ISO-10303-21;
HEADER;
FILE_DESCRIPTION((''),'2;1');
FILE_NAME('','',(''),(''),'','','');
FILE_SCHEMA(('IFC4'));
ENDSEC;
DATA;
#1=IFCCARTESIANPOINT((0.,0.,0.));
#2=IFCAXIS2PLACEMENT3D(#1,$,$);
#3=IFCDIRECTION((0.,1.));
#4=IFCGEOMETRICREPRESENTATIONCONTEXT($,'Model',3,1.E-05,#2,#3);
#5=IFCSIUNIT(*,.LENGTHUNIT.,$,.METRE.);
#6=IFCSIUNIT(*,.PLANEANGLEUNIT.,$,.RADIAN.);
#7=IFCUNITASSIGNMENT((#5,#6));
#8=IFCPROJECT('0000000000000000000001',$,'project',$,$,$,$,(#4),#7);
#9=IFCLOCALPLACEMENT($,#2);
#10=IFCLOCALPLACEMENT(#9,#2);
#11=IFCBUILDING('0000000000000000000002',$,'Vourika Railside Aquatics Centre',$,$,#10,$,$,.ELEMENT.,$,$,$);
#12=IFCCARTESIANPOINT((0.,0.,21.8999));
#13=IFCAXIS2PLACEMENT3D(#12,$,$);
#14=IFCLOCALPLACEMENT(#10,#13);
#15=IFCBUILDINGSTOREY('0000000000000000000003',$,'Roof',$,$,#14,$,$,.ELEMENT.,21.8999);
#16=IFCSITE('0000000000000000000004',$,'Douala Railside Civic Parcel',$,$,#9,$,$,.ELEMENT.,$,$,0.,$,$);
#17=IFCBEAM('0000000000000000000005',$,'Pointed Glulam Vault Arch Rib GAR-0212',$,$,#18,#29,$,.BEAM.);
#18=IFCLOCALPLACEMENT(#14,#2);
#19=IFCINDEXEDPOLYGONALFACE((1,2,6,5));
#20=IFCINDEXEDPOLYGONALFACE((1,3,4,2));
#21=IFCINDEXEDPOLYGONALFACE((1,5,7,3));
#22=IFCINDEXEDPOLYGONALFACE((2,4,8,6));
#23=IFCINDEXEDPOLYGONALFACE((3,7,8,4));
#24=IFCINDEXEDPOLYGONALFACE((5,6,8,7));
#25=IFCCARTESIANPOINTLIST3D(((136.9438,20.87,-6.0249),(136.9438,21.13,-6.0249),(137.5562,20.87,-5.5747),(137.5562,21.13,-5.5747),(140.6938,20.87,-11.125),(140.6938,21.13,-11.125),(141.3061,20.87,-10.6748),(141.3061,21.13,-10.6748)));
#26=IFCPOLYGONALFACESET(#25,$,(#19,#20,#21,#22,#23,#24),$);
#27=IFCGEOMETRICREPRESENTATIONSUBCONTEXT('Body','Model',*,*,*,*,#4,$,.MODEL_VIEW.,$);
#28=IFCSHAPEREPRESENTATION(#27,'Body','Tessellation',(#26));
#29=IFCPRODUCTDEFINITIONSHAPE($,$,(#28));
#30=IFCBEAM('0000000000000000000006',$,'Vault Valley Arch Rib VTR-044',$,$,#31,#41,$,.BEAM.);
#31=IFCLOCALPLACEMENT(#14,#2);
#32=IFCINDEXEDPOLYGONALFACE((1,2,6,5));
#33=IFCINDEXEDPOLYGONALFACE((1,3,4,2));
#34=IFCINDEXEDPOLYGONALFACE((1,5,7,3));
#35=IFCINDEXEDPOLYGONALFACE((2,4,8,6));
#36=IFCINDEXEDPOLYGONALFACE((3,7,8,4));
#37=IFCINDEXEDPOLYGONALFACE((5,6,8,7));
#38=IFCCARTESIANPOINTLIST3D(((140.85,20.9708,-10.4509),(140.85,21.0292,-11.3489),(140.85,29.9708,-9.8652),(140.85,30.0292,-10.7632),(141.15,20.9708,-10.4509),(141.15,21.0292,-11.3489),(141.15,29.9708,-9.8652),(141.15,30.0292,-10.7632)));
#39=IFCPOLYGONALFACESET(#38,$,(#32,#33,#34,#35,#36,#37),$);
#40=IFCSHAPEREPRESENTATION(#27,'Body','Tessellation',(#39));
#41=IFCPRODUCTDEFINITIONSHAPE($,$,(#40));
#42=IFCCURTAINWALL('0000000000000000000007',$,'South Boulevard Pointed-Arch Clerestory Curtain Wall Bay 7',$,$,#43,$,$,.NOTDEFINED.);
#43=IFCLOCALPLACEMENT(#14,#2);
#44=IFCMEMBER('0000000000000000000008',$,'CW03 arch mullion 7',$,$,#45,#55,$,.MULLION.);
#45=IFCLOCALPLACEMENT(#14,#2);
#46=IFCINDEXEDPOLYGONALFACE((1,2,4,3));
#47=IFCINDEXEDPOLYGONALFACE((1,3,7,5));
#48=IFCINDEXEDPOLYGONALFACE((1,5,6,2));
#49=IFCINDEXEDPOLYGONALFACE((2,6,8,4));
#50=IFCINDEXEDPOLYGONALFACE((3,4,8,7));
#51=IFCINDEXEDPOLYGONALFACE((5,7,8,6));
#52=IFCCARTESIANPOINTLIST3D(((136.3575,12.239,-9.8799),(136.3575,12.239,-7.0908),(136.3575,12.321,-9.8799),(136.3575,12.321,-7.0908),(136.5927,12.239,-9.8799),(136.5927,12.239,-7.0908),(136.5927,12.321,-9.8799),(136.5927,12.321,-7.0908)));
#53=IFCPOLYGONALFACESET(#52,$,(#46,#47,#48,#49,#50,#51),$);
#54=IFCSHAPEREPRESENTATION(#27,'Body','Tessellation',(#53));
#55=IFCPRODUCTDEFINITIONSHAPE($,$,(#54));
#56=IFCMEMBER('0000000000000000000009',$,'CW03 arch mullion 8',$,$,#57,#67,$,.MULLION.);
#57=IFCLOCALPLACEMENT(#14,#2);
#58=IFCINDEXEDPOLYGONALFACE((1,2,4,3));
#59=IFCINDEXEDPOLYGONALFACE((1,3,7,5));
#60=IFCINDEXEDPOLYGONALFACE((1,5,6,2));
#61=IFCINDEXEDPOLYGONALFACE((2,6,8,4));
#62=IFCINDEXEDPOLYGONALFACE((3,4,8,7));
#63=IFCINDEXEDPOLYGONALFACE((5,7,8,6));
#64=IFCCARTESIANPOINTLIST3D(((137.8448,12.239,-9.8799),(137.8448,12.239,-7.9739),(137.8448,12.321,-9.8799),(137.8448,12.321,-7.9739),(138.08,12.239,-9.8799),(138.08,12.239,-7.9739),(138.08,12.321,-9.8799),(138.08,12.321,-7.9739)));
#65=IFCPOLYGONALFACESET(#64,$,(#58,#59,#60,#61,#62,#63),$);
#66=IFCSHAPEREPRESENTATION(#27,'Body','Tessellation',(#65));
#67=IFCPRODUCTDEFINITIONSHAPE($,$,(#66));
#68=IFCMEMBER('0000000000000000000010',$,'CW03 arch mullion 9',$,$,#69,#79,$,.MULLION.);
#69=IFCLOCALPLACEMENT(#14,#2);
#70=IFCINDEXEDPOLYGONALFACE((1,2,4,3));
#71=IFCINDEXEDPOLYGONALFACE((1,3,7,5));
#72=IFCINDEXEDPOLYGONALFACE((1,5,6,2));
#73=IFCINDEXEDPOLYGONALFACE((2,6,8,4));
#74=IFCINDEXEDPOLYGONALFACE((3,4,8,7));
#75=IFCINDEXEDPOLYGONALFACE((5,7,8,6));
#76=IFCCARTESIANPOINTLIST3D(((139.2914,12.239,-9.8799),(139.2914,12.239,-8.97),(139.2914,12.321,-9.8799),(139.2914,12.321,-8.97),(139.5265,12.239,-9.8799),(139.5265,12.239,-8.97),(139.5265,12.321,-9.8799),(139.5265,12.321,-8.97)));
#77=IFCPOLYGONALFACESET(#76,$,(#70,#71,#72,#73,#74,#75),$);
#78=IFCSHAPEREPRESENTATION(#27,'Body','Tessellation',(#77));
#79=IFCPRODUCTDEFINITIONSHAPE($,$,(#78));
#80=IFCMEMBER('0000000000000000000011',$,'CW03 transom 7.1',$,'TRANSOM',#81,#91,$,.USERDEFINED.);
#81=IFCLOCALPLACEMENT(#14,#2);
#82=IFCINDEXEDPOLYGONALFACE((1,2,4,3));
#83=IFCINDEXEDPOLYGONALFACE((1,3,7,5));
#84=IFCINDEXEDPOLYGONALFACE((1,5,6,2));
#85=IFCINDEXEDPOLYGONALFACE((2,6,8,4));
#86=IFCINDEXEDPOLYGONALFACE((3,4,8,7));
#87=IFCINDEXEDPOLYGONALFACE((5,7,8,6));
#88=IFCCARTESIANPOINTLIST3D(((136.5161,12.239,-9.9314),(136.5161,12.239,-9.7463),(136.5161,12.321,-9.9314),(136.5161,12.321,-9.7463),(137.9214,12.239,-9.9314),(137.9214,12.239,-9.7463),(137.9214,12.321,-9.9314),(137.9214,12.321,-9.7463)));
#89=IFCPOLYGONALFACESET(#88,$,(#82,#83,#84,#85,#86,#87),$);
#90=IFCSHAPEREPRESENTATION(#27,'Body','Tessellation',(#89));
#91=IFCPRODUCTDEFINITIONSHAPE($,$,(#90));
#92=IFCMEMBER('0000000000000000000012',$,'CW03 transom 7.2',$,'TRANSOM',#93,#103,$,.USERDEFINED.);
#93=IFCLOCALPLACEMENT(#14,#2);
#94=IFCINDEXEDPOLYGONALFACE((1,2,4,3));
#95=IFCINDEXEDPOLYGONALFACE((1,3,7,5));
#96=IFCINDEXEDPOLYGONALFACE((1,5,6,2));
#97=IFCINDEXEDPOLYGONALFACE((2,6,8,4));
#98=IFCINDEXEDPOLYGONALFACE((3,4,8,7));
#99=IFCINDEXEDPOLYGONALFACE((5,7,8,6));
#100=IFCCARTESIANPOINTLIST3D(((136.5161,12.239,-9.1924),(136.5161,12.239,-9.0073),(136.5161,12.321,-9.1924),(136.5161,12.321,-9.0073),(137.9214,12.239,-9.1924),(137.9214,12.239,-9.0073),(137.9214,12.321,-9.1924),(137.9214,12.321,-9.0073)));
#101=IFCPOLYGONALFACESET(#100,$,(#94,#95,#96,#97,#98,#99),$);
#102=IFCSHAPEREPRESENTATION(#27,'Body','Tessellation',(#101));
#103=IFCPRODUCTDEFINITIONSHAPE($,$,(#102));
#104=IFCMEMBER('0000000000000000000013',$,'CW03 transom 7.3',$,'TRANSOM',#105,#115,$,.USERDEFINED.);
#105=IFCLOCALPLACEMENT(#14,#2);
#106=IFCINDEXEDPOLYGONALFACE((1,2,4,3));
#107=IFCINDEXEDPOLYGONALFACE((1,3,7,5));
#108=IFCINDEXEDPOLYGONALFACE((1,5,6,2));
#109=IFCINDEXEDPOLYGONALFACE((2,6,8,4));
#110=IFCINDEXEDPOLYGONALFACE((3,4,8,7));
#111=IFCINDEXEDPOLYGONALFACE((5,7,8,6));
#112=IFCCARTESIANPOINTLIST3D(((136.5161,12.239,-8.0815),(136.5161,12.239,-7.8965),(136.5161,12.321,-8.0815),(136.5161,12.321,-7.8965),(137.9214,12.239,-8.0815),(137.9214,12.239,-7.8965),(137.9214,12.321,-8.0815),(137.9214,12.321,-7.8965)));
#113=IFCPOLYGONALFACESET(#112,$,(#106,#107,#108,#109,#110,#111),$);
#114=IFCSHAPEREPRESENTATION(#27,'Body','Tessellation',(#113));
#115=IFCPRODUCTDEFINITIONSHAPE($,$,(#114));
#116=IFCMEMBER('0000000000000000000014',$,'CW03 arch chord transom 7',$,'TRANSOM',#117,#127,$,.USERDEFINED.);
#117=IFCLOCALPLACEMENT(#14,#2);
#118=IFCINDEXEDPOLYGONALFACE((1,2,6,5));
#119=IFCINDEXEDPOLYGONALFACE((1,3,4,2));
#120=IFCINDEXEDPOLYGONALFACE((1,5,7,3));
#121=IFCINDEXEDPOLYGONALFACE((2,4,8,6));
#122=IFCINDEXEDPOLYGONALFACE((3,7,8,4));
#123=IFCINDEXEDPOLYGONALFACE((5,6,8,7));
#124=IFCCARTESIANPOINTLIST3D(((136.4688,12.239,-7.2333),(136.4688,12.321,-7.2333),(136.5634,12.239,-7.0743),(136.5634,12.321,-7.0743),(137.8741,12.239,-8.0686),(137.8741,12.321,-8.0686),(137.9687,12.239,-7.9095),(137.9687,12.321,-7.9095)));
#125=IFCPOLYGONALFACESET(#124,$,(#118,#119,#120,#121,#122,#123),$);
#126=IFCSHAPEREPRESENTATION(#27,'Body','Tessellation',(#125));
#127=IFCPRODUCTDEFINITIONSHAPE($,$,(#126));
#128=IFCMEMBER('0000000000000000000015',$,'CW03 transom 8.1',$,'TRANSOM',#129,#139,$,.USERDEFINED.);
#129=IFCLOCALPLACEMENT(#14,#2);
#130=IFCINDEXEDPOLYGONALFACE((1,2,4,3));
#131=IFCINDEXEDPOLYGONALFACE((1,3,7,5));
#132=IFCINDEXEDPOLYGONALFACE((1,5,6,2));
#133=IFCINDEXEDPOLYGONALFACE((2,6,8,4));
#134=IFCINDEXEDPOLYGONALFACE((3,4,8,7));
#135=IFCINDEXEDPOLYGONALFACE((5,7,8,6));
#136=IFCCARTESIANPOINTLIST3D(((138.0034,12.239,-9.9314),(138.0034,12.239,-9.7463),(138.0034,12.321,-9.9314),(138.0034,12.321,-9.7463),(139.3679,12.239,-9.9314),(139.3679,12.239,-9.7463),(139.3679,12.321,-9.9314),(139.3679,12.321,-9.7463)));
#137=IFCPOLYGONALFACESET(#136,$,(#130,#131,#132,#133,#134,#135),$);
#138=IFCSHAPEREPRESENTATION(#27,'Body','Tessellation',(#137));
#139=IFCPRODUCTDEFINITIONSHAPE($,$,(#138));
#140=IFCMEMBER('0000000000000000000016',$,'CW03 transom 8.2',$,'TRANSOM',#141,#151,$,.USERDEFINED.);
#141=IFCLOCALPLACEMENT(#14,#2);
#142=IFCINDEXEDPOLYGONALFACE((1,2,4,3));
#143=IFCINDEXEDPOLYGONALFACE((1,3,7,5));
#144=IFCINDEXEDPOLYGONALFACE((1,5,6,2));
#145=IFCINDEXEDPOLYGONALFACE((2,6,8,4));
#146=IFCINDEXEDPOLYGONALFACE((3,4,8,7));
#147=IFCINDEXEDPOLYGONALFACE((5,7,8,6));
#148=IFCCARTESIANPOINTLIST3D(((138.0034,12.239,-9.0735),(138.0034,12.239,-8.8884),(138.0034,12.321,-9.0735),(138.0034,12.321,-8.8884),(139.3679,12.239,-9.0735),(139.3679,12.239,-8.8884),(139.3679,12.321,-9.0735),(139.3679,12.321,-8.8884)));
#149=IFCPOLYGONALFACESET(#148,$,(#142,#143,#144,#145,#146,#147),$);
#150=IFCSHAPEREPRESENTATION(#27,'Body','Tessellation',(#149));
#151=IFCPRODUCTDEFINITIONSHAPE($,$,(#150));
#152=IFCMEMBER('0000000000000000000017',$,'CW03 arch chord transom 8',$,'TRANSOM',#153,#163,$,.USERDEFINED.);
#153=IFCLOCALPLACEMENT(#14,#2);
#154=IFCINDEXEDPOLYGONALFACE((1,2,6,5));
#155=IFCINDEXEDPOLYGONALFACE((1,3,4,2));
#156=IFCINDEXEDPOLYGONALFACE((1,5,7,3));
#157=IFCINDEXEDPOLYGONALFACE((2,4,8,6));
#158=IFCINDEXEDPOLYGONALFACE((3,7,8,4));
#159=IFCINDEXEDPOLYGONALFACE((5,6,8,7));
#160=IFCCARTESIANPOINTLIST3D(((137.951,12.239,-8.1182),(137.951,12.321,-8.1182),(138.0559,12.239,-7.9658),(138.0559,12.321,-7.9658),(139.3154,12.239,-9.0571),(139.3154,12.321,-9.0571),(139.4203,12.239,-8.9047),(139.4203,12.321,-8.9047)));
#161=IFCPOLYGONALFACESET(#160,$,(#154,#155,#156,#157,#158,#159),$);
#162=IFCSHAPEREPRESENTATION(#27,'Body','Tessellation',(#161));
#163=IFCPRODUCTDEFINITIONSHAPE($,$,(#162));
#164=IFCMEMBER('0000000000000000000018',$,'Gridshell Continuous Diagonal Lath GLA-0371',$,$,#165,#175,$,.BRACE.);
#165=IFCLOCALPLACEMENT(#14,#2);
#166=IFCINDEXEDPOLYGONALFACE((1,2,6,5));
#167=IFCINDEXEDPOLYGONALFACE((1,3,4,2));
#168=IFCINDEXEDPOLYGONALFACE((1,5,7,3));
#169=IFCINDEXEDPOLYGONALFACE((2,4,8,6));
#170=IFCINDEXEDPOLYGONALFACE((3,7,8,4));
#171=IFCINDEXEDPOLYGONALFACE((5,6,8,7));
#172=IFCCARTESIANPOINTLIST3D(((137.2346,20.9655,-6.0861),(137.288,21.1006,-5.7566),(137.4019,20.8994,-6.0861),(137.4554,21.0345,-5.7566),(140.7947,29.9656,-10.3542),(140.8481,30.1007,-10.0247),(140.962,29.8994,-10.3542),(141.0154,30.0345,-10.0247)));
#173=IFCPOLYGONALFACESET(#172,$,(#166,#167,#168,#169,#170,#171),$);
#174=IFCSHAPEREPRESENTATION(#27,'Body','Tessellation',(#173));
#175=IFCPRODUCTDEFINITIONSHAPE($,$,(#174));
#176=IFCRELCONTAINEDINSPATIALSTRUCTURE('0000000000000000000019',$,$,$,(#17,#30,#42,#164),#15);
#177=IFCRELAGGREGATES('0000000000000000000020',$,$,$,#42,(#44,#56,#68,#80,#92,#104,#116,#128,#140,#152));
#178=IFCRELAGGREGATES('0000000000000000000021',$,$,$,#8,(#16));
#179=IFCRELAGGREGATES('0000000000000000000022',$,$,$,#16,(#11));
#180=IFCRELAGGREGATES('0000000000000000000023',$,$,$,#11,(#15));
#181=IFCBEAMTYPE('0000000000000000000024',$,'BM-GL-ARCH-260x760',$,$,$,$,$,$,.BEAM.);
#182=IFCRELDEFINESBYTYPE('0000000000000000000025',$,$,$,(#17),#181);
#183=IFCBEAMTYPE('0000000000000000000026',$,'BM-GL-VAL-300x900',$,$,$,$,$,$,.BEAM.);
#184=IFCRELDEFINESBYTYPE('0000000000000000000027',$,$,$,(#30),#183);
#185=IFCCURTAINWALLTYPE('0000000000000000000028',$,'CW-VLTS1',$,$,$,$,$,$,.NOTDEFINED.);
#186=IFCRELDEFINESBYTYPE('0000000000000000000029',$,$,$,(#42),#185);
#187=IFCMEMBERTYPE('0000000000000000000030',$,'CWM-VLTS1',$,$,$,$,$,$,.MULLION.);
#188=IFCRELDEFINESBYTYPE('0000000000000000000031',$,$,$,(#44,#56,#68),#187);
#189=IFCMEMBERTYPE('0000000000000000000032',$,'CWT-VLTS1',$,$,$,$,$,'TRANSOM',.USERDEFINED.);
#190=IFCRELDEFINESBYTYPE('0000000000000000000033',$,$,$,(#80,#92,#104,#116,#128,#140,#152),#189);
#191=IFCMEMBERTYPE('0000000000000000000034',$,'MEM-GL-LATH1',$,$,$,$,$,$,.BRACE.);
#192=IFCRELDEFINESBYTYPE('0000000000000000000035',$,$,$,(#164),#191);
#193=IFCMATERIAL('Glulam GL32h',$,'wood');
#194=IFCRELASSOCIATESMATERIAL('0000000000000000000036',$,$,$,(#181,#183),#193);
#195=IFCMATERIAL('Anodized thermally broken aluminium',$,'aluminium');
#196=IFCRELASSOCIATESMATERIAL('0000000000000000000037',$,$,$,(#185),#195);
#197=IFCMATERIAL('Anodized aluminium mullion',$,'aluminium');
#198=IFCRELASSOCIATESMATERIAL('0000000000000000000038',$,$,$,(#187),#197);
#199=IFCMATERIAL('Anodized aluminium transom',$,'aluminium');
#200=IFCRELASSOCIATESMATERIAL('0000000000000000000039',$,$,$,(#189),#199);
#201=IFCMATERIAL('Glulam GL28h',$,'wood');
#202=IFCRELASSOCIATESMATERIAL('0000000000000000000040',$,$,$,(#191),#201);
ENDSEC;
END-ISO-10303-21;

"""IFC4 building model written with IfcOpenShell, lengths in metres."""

from ifc_helpers import new_model, si_unit, direction, frame, origin, origin_2d, place, context, subcontext, project, spatial, rectangle, extrude, material, material_profile, profile_set, type_object, element, aggregate, save


model = new_model("IFC4")

# Units and contexts
model_context = context("Model", 3, precision=1e-05, world=origin(), true_north=direction((0.0, 1.0)))
body_context = subcontext(model_context, "Body", "Model", "MODEL_VIEW")
ifc_project = project(units=[si_unit("LENGTHUNIT", "METRE"), si_unit("PLANEANGLEUNIT", "RADIAN")], contexts=[model_context])

# Site, building, storey
site_placement = place(None, origin())
site = spatial("IfcSite", under=ifc_project, at=site_placement, Name="Douala Railside Civic Parcel", CompositionType="ELEMENT", RefElevation=0.0)
building_placement = place(site_placement, origin())
building = spatial("IfcBuilding", under=site, at=building_placement, Name="Vourika Railside Aquatics Centre", CompositionType="ELEMENT")
storey_placement = place(building_placement, frame((0.0, 0.0, 21.8999)))
storey = spatial("IfcBuildingStorey", under=building, at=storey_placement, Name="Roof", CompositionType="ELEMENT", Elevation=21.8999)

# Beams
ifc_material_1 = material(Name="Glulam GL32h", Category="wood")
ifc_material_profile_1 = material_profile(ifc_material_1, rectangle(XDim=0.26, YDim=0.76, at=origin_2d()), Name="GL32h 260x760")
ifc_profile_set_1 = profile_set([ifc_material_profile_1], Name="Glulam GL32h")
beam_type_1 = type_object("IfcBeamType", Name="BM-GL-ARCH-260x760", PredefinedType="BEAM", material=ifc_profile_set_1)
beam_1_placement = place(storey_placement, frame((137.25, 21.0, -5.7998), z_axis=(0.592383, 0.0, -0.805656), x_axis=(0.0, 1.0, 0.0)))
element("IfcBeam", 1, at=beam_1_placement, inside=storey, type_object=beam_type_1, Name="Pointed Glulam Vault Arch Rib GAR-0212", PredefinedType="BEAM", context=body_context, shape_type="SweptSolid", body=[
    extrude(rectangle(XDim=0.26, YDim=0.76, at=origin_2d()), origin(), (0.0, 0.0, 1.0), 6.3303),
])
ifc_material_profile_2 = material_profile(ifc_material_1, rectangle(XDim=0.3, YDim=0.8999, at=origin_2d()), Name="GL32h 300x900")
ifc_profile_set_2 = profile_set([ifc_material_profile_2], Name="Glulam GL32h")
beam_type_2 = type_object("IfcBeamType", Name="BM-GL-VAL-300x900", PredefinedType="BEAM", material=ifc_profile_set_2)
beam_2_placement = place(storey_placement, frame((141.0, 21.0, -10.8999), z_axis=(0.0, 0.997889, 0.06494), x_axis=(-1.0, 0.0, 0.0)))
element("IfcBeam", 2, at=beam_2_placement, inside=storey, type_object=beam_type_2, Name="Vault Valley Arch Rib VTR-044", PredefinedType="BEAM", context=body_context, shape_type="SweptSolid", body=[
    extrude(rectangle(XDim=0.3, YDim=0.8999, at=origin_2d()), origin(), (0.0, 0.0, 1.0), 9.019),
])

# Curtain wall, members
ifc_material_2 = material(Name="Anodized thermally broken aluminium", Category="aluminium")
curtain_wall_type = type_object("IfcCurtainWallType", Name="CW-VLTS1", PredefinedType="NOTDEFINED", material=ifc_material_2)
curtain_wall_placement = place(storey_placement, origin())
curtain_wall = element("IfcCurtainWall", 3, at=curtain_wall_placement, inside=storey, type_object=curtain_wall_type, Name="South Boulevard Pointed-Arch Clerestory Curtain Wall Bay 7", PredefinedType="NOTDEFINED")
ifc_material_3 = material(Name="Anodized aluminium mullion", Category="aluminium")
ifc_material_profile_3 = material_profile(ifc_material_3, rectangle(XDim=0.082, YDim=0.2351, at=origin_2d()), Name="ALU-M 82x235")
ifc_profile_set_3 = profile_set([ifc_material_profile_3], Name="Anodized aluminium mullion")
member_type_1 = type_object("IfcMemberType", Name="CWM-VLTS1", PredefinedType="MULLION", material=ifc_profile_set_3)
member_1_placement = place(storey_placement, frame((136.4751, 12.28, -9.8799), z_axis=(0.0, 0.0, 1.0), x_axis=(0.0, 1.0, 0.0)))
member_1 = element("IfcMember", 4, at=member_1_placement, type_object=member_type_1, Name="CW03 arch mullion 7", PredefinedType="MULLION", context=body_context, shape_type="SweptSolid", body=[
    extrude(rectangle(XDim=0.082, YDim=0.2351, at=origin_2d()), origin(), (0.0, 0.0, 1.0), 2.7891),
])
member_2_placement = place(storey_placement, frame((137.9624, 12.28, -9.8799), z_axis=(0.0, 0.0, 1.0), x_axis=(0.0, 1.0, 0.0)))
member_2 = element("IfcMember", 5, at=member_2_placement, type_object=member_type_1, Name="CW03 arch mullion 8", PredefinedType="MULLION", context=body_context, shape_type="SweptSolid", body=[
    extrude(rectangle(XDim=0.082, YDim=0.2351, at=origin_2d()), origin(), (0.0, 0.0, 1.0), 1.906),
])
member_3_placement = place(storey_placement, frame((139.4089, 12.28, -9.8799), z_axis=(0.0, 0.0, 1.0), x_axis=(0.0, 1.0, 0.0)))
member_3 = element("IfcMember", 6, at=member_3_placement, type_object=member_type_1, Name="CW03 arch mullion 9", PredefinedType="MULLION", context=body_context, shape_type="SweptSolid", body=[
    extrude(rectangle(XDim=0.082, YDim=0.2351, at=origin_2d()), origin(), (0.0, 0.0, 1.0), 0.9099),
])
ifc_material_4 = material(Name="Anodized aluminium transom", Category="aluminium")
ifc_material_profile_4 = material_profile(ifc_material_4, rectangle(XDim=0.082, YDim=0.1851, at=origin_2d()), Name="ALU-T 82x185")
ifc_profile_set_4 = profile_set([ifc_material_profile_4], Name="Anodized aluminium transom")
member_type_2 = type_object("IfcMemberType", Name="CWT-VLTS1", ElementType="TRANSOM", PredefinedType="USERDEFINED", material=ifc_profile_set_4)
member_4_placement = place(storey_placement, frame((136.5161, 12.28, -9.8389), z_axis=(1.0, 0.0, 0.0), x_axis=(0.0, 1.0, 0.0)))
member_4 = element("IfcMember", 7, at=member_4_placement, type_object=member_type_2, Name="CW03 transom 7.1", ObjectType="TRANSOM", PredefinedType="USERDEFINED", context=body_context, shape_type="SweptSolid", body=[
    extrude(rectangle(XDim=0.082, YDim=0.1851, at=origin_2d()), origin(), (0.0, 0.0, 1.0), 1.4053),
])
member_5_placement = place(storey_placement, frame((136.5161, 12.28, -9.0999), z_axis=(1.0, 0.0, 0.0), x_axis=(0.0, 1.0, 0.0)))
member_5 = element("IfcMember", 8, at=member_5_placement, type_object=member_type_2, Name="CW03 transom 7.2", ObjectType="TRANSOM", PredefinedType="USERDEFINED", context=body_context, shape_type="SweptSolid", body=[
    extrude(rectangle(XDim=0.082, YDim=0.1851, at=origin_2d()), origin(), (0.0, 0.0, 1.0), 1.4053),
])
member_6_placement = place(storey_placement, frame((136.5161, 12.28, -7.989), z_axis=(1.0, 0.0, 0.0), x_axis=(0.0, 1.0, 0.0)))
member_6 = element("IfcMember", 9, at=member_6_placement, type_object=member_type_2, Name="CW03 transom 7.3", ObjectType="TRANSOM", PredefinedType="USERDEFINED", context=body_context, shape_type="SweptSolid", body=[
    extrude(rectangle(XDim=0.082, YDim=0.1851, at=origin_2d()), origin(), (0.0, 0.0, 1.0), 1.4053),
])
member_7_placement = place(storey_placement, frame((136.5161, 12.28, -7.1538), z_axis=(0.859633, 0.0, -0.510911), x_axis=(0.0, 1.0, 0.0)))
member_7 = element("IfcMember", 10, at=member_7_placement, type_object=member_type_2, Name="CW03 arch chord transom 7", ObjectType="TRANSOM", PredefinedType="USERDEFINED", context=body_context, shape_type="SweptSolid", body=[
    extrude(rectangle(XDim=0.082, YDim=0.1851, at=origin_2d()), origin(), (0.0, 0.0, 1.0), 1.6348),
])
member_8_placement = place(storey_placement, frame((138.0034, 12.28, -9.8389), z_axis=(1.0, 0.0, 0.0), x_axis=(0.0, 1.0, 0.0)))
member_8 = element("IfcMember", 11, at=member_8_placement, type_object=member_type_2, Name="CW03 transom 8.1", ObjectType="TRANSOM", PredefinedType="USERDEFINED", context=body_context, shape_type="SweptSolid", body=[
    extrude(rectangle(XDim=0.082, YDim=0.1851, at=origin_2d()), origin(), (0.0, 0.0, 1.0), 1.3645),
])
member_9_placement = place(storey_placement, frame((138.0034, 12.28, -8.981), z_axis=(1.0, 0.0, 0.0), x_axis=(0.0, 1.0, 0.0)))
member_9 = element("IfcMember", 12, at=member_9_placement, type_object=member_type_2, Name="CW03 transom 8.2", ObjectType="TRANSOM", PredefinedType="USERDEFINED", context=body_context, shape_type="SweptSolid", body=[
    extrude(rectangle(XDim=0.082, YDim=0.1851, at=origin_2d()), origin(), (0.0, 0.0, 1.0), 1.3645),
])
member_10_placement = place(storey_placement, frame((138.0034, 12.28, -8.042), z_axis=(0.823797, 0.0, -0.566885), x_axis=(0.0, 1.0, 0.0)))
member_10 = element("IfcMember", 13, at=member_10_placement, type_object=member_type_2, Name="CW03 arch chord transom 8", ObjectType="TRANSOM", PredefinedType="USERDEFINED", context=body_context, shape_type="SweptSolid", body=[
    extrude(rectangle(XDim=0.082, YDim=0.1851, at=origin_2d()), origin(), (0.0, 0.0, 1.0), 1.6562),
])

# Member
ifc_material_5 = material(Name="Glulam GL28h", Category="wood")
ifc_material_profile_5 = material_profile(ifc_material_5, rectangle(XDim=0.1799, YDim=0.3601, at=origin_2d()), Name="GL28h 180x360")
ifc_profile_set_5 = profile_set([ifc_material_profile_5], Name="Glulam GL28h")
member_type_3 = type_object("IfcMemberType", Name="MEM-GL-LATH1", PredefinedType="BRACE", material=ifc_profile_set_5)
member_11_placement = place(storey_placement, frame((137.345, 21.0, -5.9214), z_axis=(0.336559, 0.850836, -0.403492), x_axis=(-0.929893, 0.36783, 0.0)))
element("IfcMember", 14, at=member_11_placement, inside=storey, type_object=member_type_3, Name="Gridshell Continuous Diagonal Lath GLA-0371", PredefinedType="BRACE", context=body_context, shape_type="SweptSolid", body=[
    extrude(rectangle(XDim=0.1799, YDim=0.3601, at=origin_2d()), origin(), (0.0, 0.0, 1.0), 10.5779),
])

aggregate(curtain_wall, [member_1, member_2, member_3, member_4, member_5, member_6, member_7, member_8, member_9, member_10])

save(model, "model.ifc")
